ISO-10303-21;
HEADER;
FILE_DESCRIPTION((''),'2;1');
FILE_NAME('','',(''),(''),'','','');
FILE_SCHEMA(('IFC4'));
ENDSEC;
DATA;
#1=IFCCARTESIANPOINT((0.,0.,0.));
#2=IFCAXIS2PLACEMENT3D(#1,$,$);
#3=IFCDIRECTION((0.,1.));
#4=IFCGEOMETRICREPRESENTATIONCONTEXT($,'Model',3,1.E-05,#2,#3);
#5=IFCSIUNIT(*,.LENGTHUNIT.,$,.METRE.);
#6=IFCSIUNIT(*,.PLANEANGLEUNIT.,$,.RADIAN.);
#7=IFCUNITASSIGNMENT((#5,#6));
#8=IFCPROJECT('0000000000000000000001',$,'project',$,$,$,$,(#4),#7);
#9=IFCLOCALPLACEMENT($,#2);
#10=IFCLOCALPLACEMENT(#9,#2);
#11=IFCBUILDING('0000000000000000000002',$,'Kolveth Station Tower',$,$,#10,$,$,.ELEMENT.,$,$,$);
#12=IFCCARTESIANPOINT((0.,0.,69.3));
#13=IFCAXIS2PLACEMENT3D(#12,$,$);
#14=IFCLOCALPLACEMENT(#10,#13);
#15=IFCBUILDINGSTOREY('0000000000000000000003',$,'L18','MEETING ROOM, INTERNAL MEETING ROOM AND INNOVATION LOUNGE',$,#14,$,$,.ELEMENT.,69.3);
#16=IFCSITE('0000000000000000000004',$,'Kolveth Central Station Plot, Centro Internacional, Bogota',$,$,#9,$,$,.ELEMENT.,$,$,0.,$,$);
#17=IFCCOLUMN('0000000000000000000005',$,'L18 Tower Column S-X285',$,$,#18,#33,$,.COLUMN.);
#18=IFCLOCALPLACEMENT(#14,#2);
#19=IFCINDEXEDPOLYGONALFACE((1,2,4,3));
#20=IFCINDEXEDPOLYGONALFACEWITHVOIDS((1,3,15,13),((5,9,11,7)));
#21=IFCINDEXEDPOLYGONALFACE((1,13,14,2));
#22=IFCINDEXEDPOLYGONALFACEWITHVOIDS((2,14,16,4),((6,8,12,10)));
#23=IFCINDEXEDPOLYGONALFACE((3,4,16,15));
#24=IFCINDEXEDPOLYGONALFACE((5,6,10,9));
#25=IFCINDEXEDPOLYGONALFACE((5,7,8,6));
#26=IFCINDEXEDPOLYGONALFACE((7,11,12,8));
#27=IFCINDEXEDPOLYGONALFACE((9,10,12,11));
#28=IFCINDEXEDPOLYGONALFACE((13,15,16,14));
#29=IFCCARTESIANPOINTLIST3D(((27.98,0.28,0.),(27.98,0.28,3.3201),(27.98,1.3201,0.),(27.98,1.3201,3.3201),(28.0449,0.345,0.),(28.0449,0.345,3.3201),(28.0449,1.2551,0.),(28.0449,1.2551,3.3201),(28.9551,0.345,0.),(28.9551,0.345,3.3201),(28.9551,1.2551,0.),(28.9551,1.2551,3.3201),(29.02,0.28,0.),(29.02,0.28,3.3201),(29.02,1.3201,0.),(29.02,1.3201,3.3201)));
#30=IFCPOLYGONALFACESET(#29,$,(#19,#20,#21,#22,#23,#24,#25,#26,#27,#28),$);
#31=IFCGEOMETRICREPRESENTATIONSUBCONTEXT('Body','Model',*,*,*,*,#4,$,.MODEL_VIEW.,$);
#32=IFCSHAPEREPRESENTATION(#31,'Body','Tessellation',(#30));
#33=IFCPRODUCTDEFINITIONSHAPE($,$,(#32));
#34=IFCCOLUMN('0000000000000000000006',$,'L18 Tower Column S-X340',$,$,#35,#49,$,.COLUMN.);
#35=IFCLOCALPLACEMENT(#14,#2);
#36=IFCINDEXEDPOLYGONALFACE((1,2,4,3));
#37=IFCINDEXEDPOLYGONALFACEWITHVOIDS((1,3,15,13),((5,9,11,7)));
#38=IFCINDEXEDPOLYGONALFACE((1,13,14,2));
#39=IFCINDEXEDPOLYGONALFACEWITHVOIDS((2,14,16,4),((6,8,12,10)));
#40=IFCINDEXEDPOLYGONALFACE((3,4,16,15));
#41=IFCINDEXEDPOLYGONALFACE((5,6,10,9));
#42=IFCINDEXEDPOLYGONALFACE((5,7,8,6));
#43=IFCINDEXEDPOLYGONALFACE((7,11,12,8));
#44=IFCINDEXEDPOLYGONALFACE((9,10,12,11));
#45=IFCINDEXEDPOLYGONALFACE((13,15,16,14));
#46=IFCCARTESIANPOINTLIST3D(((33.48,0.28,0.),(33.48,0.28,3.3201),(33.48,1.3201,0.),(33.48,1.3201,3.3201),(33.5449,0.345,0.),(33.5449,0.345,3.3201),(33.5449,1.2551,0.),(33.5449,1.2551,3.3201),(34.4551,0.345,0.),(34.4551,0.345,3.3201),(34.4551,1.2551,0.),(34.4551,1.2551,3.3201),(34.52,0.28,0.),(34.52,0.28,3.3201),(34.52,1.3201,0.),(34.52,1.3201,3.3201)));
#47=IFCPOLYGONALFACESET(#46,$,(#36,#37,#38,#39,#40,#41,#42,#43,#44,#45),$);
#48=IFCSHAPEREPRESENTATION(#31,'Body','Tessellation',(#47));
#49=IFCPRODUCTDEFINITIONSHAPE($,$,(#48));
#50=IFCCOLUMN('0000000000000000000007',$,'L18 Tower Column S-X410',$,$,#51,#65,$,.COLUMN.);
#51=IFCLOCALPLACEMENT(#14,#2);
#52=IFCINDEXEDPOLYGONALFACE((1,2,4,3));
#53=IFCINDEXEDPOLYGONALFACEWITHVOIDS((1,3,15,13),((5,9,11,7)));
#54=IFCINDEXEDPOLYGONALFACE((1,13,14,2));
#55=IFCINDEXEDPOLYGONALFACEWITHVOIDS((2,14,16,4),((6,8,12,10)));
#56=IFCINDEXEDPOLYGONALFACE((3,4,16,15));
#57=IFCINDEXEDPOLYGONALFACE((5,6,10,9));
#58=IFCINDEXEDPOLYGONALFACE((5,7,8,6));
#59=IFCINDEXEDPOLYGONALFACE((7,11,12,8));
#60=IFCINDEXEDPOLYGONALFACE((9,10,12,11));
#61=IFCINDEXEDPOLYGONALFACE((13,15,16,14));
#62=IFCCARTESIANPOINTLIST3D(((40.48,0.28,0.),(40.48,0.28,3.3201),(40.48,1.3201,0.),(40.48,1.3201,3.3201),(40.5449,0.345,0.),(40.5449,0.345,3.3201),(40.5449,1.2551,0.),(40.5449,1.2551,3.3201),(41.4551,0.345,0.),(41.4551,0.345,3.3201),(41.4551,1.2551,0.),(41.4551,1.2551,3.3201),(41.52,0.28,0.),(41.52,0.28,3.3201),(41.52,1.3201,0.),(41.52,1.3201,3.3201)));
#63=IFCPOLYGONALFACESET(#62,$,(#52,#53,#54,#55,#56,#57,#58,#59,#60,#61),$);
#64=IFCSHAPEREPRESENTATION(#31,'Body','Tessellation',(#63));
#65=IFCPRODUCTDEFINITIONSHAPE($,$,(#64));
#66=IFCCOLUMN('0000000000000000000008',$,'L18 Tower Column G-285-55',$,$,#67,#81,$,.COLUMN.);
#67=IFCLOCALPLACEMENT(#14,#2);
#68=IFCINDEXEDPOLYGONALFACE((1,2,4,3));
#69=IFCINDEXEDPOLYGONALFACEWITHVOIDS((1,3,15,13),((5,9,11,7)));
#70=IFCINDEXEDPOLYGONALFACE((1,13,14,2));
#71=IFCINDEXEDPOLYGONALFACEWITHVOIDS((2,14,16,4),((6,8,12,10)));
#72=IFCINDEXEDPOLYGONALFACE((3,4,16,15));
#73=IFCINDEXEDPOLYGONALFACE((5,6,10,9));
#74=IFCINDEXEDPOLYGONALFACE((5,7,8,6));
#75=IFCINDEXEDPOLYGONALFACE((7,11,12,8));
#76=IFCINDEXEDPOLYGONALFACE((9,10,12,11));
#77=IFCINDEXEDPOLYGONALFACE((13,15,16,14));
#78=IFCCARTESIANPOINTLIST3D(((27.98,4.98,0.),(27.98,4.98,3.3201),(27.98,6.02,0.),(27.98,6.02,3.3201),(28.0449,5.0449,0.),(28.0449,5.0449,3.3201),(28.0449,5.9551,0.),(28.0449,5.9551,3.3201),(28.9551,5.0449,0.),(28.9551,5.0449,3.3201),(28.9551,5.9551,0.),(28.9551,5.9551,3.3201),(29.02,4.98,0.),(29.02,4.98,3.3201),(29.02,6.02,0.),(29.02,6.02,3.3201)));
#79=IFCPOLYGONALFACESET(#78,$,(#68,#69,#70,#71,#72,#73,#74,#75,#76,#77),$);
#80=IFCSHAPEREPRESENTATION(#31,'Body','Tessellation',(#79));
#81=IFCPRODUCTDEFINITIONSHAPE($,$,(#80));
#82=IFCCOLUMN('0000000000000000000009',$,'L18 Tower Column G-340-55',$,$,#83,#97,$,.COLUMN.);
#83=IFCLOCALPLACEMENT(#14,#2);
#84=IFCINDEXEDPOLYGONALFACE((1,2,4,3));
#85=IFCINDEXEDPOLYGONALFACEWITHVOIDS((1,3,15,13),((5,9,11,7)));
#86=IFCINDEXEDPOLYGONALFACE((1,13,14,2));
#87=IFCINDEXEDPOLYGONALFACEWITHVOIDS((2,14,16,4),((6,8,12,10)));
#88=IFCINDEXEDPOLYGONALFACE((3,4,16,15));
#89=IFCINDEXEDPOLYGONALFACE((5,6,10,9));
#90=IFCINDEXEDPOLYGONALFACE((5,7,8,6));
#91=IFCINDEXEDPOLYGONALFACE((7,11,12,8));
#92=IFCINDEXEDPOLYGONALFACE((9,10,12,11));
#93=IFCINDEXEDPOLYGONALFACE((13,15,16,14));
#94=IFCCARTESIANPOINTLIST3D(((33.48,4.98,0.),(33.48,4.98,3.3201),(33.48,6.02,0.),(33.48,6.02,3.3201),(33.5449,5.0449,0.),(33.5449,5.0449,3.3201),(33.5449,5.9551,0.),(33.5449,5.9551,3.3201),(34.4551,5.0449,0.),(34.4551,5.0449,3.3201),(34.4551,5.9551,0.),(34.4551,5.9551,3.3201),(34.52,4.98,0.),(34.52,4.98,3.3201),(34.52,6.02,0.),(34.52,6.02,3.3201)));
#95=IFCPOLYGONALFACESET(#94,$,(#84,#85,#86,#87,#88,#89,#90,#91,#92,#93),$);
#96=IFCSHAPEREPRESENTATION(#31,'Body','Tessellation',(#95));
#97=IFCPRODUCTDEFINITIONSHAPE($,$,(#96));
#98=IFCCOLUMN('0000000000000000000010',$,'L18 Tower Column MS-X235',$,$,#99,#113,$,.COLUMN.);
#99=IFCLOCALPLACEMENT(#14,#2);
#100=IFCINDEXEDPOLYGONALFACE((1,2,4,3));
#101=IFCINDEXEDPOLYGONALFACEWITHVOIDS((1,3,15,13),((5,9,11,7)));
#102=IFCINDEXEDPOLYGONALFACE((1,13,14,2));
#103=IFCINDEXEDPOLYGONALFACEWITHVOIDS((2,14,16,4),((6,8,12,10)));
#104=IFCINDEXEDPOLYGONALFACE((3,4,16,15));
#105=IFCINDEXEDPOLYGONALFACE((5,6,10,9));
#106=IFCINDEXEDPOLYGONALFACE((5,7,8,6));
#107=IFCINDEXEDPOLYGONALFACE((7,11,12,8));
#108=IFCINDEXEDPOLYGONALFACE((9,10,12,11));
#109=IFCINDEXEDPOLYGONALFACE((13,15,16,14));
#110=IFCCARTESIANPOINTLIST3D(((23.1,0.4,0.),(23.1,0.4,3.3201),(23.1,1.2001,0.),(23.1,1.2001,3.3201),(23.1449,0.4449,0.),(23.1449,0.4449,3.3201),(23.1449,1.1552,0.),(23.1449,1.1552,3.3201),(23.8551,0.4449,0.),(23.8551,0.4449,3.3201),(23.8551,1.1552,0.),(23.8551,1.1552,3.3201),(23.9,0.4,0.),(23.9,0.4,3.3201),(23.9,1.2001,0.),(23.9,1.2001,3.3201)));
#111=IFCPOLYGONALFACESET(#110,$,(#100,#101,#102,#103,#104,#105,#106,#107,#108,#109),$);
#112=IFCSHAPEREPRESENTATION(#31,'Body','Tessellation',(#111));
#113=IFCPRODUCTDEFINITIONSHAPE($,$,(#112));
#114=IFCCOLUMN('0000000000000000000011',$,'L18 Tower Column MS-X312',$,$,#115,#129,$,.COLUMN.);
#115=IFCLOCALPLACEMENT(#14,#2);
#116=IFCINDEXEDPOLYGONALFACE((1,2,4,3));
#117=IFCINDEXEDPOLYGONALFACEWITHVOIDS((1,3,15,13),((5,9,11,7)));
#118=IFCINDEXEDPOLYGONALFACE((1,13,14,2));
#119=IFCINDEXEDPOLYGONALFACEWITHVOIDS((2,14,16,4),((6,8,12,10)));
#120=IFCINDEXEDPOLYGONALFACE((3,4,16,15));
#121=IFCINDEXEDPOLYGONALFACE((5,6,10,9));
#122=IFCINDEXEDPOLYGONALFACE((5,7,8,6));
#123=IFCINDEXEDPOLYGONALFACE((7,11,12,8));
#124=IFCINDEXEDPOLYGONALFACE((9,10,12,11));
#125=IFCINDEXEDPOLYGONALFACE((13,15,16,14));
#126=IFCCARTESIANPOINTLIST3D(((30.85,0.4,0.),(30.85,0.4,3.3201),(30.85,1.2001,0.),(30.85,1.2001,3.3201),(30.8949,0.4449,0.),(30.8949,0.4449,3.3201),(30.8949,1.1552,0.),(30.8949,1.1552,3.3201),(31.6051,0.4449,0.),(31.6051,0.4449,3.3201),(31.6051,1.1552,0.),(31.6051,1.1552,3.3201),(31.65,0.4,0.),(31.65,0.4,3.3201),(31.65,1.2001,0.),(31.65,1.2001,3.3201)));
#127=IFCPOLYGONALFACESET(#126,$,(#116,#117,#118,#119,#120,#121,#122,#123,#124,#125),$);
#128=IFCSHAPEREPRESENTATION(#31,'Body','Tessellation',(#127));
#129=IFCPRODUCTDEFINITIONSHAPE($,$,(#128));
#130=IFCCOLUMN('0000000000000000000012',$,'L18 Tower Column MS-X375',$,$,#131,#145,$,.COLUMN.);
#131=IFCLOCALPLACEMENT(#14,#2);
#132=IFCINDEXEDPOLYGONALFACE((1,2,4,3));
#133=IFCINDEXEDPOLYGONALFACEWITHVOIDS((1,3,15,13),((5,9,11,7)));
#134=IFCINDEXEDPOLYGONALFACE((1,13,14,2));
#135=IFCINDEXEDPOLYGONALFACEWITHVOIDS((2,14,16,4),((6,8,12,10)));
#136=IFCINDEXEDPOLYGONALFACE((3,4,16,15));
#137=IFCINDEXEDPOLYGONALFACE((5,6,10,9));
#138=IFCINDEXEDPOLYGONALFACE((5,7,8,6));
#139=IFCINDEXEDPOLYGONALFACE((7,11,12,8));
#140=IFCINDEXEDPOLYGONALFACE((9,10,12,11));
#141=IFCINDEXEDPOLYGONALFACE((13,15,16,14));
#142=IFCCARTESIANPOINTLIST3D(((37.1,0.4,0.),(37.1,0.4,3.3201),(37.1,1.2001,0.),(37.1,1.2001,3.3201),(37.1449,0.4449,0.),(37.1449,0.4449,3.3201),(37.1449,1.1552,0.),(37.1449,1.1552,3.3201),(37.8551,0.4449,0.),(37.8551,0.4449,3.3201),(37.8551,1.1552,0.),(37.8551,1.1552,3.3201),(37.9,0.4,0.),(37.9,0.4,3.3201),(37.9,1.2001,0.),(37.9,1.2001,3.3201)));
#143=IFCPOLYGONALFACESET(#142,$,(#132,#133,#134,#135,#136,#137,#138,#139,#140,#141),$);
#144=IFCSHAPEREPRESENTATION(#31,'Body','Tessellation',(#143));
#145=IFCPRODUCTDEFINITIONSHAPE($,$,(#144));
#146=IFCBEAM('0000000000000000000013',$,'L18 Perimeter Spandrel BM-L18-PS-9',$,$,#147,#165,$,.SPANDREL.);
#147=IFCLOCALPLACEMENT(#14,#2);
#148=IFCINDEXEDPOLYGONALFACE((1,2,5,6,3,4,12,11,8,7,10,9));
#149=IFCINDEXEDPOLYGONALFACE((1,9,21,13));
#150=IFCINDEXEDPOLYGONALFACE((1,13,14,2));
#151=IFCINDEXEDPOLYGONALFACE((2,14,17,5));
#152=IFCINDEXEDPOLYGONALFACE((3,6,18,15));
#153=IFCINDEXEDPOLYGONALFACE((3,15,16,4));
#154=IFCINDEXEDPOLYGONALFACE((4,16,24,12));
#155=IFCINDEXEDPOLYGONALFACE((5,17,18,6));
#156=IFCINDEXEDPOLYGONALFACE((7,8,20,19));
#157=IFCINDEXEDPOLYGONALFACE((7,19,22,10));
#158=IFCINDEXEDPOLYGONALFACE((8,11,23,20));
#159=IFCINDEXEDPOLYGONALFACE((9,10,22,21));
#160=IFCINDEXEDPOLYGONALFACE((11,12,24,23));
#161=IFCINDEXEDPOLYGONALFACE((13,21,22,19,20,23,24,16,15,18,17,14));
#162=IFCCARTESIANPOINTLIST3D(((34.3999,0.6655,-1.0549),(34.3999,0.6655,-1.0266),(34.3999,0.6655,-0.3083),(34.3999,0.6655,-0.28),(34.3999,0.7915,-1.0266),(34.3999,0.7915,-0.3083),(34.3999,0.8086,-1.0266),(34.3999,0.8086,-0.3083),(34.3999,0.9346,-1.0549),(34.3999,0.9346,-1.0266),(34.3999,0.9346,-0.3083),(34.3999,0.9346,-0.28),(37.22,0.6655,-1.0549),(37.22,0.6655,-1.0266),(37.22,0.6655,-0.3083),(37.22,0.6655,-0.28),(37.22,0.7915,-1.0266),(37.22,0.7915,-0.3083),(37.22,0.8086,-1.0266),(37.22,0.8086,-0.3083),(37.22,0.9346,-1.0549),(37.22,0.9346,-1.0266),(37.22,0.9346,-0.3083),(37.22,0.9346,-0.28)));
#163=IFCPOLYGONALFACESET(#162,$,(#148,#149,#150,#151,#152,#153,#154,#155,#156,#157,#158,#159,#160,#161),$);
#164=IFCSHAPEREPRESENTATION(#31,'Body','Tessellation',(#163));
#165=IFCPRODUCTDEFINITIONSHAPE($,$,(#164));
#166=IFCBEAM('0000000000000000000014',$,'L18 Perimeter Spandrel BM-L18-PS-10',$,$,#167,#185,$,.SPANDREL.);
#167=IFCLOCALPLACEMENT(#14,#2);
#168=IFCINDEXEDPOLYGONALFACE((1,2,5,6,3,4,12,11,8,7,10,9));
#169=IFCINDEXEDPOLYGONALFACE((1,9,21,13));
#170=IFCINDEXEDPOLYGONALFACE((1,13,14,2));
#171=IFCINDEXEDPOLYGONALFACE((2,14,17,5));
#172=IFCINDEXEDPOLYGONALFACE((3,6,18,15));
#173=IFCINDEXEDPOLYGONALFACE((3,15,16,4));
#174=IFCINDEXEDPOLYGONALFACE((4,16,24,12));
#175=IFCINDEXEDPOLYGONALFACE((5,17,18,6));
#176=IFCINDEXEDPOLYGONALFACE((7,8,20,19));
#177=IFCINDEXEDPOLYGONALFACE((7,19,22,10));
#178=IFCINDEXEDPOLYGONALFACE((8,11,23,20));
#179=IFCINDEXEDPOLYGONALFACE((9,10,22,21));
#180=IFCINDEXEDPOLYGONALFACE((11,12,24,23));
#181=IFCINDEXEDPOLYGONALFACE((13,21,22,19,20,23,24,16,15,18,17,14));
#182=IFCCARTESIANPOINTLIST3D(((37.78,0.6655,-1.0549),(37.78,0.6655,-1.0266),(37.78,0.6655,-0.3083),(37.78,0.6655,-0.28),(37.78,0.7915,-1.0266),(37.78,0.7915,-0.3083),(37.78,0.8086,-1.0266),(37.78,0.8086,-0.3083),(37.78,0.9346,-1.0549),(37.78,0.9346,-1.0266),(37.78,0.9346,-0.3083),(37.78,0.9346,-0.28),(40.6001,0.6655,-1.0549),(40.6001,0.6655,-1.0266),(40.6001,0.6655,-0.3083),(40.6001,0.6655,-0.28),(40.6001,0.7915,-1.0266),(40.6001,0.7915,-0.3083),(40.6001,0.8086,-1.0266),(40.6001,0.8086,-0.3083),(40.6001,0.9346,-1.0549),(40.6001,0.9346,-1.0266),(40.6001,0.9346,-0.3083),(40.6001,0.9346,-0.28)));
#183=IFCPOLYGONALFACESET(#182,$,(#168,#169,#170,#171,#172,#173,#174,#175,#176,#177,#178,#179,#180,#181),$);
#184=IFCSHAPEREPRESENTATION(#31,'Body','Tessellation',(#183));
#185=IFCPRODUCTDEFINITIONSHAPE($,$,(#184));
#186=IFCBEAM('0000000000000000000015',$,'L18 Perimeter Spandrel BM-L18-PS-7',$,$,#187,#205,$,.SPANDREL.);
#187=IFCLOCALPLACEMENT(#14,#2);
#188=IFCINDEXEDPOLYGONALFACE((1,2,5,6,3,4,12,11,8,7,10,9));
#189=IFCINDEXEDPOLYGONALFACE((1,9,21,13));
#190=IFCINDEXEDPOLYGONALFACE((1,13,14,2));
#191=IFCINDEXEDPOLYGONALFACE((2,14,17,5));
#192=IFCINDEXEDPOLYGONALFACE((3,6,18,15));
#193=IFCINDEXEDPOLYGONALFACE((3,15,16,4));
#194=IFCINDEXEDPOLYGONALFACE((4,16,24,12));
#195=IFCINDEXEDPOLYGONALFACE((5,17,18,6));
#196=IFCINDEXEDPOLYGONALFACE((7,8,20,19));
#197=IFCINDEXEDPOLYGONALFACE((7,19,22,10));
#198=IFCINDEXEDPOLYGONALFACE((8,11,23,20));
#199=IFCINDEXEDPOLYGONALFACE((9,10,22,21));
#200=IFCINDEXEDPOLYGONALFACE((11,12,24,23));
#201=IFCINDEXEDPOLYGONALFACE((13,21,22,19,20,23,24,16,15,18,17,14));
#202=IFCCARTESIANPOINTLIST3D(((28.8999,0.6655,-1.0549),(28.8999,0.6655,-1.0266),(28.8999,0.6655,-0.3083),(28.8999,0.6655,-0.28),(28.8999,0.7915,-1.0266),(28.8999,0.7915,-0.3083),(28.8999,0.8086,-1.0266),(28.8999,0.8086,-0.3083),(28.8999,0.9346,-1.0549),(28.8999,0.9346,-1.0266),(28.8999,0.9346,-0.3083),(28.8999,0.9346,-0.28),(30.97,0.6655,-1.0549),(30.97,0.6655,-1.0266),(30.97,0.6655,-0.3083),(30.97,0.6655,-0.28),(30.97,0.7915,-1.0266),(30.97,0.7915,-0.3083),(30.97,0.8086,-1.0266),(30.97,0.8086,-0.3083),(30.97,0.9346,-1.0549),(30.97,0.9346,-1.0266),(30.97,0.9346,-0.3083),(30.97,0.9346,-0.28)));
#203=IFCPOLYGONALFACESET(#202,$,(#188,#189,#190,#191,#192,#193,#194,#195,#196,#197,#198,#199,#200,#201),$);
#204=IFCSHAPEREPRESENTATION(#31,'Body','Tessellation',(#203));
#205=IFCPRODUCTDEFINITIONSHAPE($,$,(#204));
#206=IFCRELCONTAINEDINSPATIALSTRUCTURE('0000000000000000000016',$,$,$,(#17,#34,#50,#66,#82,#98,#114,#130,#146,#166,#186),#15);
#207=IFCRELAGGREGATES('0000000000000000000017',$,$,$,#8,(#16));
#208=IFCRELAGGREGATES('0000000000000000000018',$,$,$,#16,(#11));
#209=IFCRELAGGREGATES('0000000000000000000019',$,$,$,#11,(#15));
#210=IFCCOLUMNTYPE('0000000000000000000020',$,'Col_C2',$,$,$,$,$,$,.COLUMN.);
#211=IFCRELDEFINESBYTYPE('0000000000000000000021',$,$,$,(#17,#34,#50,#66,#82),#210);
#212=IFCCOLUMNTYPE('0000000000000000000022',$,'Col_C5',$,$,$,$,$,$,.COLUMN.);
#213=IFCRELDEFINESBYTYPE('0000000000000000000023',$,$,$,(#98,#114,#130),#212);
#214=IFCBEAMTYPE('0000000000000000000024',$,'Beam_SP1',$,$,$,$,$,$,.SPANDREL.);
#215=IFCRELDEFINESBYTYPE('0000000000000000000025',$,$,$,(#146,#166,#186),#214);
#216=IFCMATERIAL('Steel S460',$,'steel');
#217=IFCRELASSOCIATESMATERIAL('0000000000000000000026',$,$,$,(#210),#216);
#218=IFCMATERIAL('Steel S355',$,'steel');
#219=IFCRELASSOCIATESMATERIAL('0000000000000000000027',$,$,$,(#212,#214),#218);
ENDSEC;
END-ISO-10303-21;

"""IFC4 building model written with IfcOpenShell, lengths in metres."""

from ifc_helpers import new_model, si_unit, direction, frame, origin, origin_2d, place, context, subcontext, project, spatial, hollow_rectangle, i_section, extrude, source, transform, mapped, material, material_profile, profile_set, type_object, element, save


model = new_model("IFC4")

# Units and contexts
model_context = context("Model", 3, precision=1e-05, world=origin(), true_north=direction((0.0, 1.0)))
body_context = subcontext(model_context, "Body", "Model", "MODEL_VIEW")
ifc_project = project(units=[si_unit("LENGTHUNIT", "METRE"), si_unit("PLANEANGLEUNIT", "RADIAN")], contexts=[model_context])

# Site, building, storey
site_placement = place(None, origin())
site = spatial("IfcSite", under=ifc_project, at=site_placement, Name="Kolveth Central Station Plot, Centro Internacional, Bogota", CompositionType="ELEMENT", RefElevation=0.0)
building_placement = place(site_placement, origin())
building = spatial("IfcBuilding", under=site, at=building_placement, Name="Kolveth Station Tower", CompositionType="ELEMENT")
storey_placement = place(building_placement, frame((0.0, 0.0, 69.3)))
storey = spatial("IfcBuildingStorey", under=building, at=storey_placement, Name="L18", Description="MEETING ROOM, INTERNAL MEETING ROOM AND INNOVATION LOUNGE", CompositionType="ELEMENT", Elevation=69.3)

# Columns
ifc_material_1 = material(Name="Steel S460", Category="steel")
ifc_material_profile_1 = material_profile(ifc_material_1, hollow_rectangle(XDim=1.04, YDim=1.04, WallThickness=0.0649, at=origin_2d()), Name="BOX1040x1040x65")
ifc_profile_set_1 = profile_set([ifc_material_profile_1], Name="Steel S460")
column_type_1 = type_object("IfcColumnType", Name="Col_C2", PredefinedType="COLUMN", material=ifc_profile_set_1)
shared_shape_1 = source(origin(), body_context, "Body", "SweptSolid", [
    extrude(hollow_rectangle(XDim=1.04, YDim=1.04, WallThickness=0.0649, at=origin_2d()), origin(), (0.0, 0.0, 1.0), 3.3201),
])
for number, where, z_axis, x_axis, name in (
    (1, (28.5, 0.8, 0.0), (0.0, 0.0, 1.0), (1.0, 0.0, 0.0), "L18 Tower Column S-X285"),
    (2, (34.0, 0.8, 0.0), (0.0, 0.0, 1.0), (1.0, 0.0, 0.0), "L18 Tower Column S-X340"),
    (3, (41.0, 0.8, 0.0), (0.0, 0.0, 1.0), (1.0, 0.0, 0.0), "L18 Tower Column S-X410"),
    (4, (28.5, 5.5, 0.0), (0.0, 0.0, 1.0), (1.0, 0.0, 0.0), "L18 Tower Column G-285-55"),
    (5, (34.0, 5.5, 0.0), (0.0, 0.0, 1.0), (1.0, 0.0, 0.0), "L18 Tower Column G-340-55"),
):
    element("IfcColumn", number, at=place(storey_placement, frame(where, z_axis=z_axis, x_axis=x_axis)), inside=storey, type_object=column_type_1, Name=name, PredefinedType="COLUMN", context=body_context, shape_type="MappedRepresentation", body=[
        mapped(shared_shape_1, transform((0.0, 0.0, 0.0), x_axis=(1.0, 0.0, 0.0), y_axis=(0.0, 1.0, 0.0), z_axis=(0.0, 0.0, 1.0), scale=1.0)),
    ])
ifc_material_2 = material(Name="Steel S355", Category="steel")
ifc_material_profile_2 = material_profile(ifc_material_2, hollow_rectangle(XDim=0.8, YDim=0.8, WallThickness=0.0449, at=origin_2d()), Name="BOX800x800x45")
ifc_profile_set_2 = profile_set([ifc_material_profile_2], Name="Steel S355")
column_type_2 = type_object("IfcColumnType", Name="Col_C5", PredefinedType="COLUMN", material=ifc_profile_set_2)
shared_shape_2 = source(origin(), body_context, "Body", "SweptSolid", [
    extrude(hollow_rectangle(XDim=0.8, YDim=0.8, WallThickness=0.0449, at=origin_2d()), origin(), (0.0, 0.0, 1.0), 3.3201),
])
for number, where, z_axis, x_axis, name in (
    (6, (23.5, 0.8, 0.0), (0.0, 0.0, 1.0), (1.0, 0.0, 0.0), "L18 Tower Column MS-X235"),
    (7, (31.25, 0.8, 0.0), (0.0, 0.0, 1.0), (1.0, 0.0, 0.0), "L18 Tower Column MS-X312"),
    (8, (37.5, 0.8, 0.0), (0.0, 0.0, 1.0), (1.0, 0.0, 0.0), "L18 Tower Column MS-X375"),
):
    element("IfcColumn", number, at=place(storey_placement, frame(where, z_axis=z_axis, x_axis=x_axis)), inside=storey, type_object=column_type_2, Name=name, PredefinedType="COLUMN", context=body_context, shape_type="MappedRepresentation", body=[
        mapped(shared_shape_2, transform((0.0, 0.0, 0.0), x_axis=(1.0, 0.0, 0.0), y_axis=(0.0, 1.0, 0.0), z_axis=(0.0, 0.0, 1.0), scale=1.0)),
    ])

# Beams
ifc_material_profile_3 = material_profile(ifc_material_2, i_section(OverallWidth=0.269, OverallDepth=0.7749, WebThickness=0.0171, FlangeThickness=0.0283, at=origin_2d()), Name="W760x220")
ifc_profile_set_3 = profile_set([ifc_material_profile_3], Name="Steel S355")
beam_type_1 = type_object("IfcBeamType", Name="Beam_SP1", PredefinedType="SPANDREL", material=ifc_profile_set_3)
shared_shape_3 = source(origin(), body_context, "Body", "SweptSolid", [
    extrude(i_section(OverallWidth=0.269, OverallDepth=0.7749, WebThickness=0.0171, FlangeThickness=0.0283, at=origin_2d()), origin(), (0.0, 0.0, 1.0), 2.8201),
])
for number, where, z_axis, x_axis, name in (
    (9, (34.3999, 0.8, -0.6675), (1.0, 0.0, 0.0), (0.0, 1.0, 0.0), "L18 Perimeter Spandrel BM-L18-PS-9"),
    (10, (37.78, 0.8, -0.6675), (1.0, 0.0, 0.0), (0.0, 1.0, 0.0), "L18 Perimeter Spandrel BM-L18-PS-10"),
):
    element("IfcBeam", number, at=place(storey_placement, frame(where, z_axis=z_axis, x_axis=x_axis)), inside=storey, type_object=beam_type_1, Name=name, PredefinedType="SPANDREL", context=body_context, shape_type="MappedRepresentation", body=[
        mapped(shared_shape_3, transform((0.0, 0.0, 0.0), x_axis=(1.0, 0.0, 0.0), y_axis=(0.0, 1.0, 0.0), z_axis=(0.0, 0.0, 1.0), scale=1.0)),
    ])
shared_shape_4 = source(origin(), body_context, "Body", "SweptSolid", [
    extrude(i_section(OverallWidth=0.269, OverallDepth=0.7749, WebThickness=0.0171, FlangeThickness=0.0283, at=origin_2d()), origin(), (0.0, 0.0, 1.0), 2.0701),
])
for number, where, z_axis, x_axis, name in (
    (11, (28.8999, 0.8, -0.6675), (1.0, 0.0, 0.0), (0.0, 1.0, 0.0), "L18 Perimeter Spandrel BM-L18-PS-7"),
):
    element("IfcBeam", number, at=place(storey_placement, frame(where, z_axis=z_axis, x_axis=x_axis)), inside=storey, type_object=beam_type_1, Name=name, PredefinedType="SPANDREL", context=body_context, shape_type="MappedRepresentation", body=[
        mapped(shared_shape_4, transform((0.0, 0.0, 0.0), x_axis=(1.0, 0.0, 0.0), y_axis=(0.0, 1.0, 0.0), z_axis=(0.0, 0.0, 1.0), scale=1.0)),
    ])

save(model, "model.ifc")
